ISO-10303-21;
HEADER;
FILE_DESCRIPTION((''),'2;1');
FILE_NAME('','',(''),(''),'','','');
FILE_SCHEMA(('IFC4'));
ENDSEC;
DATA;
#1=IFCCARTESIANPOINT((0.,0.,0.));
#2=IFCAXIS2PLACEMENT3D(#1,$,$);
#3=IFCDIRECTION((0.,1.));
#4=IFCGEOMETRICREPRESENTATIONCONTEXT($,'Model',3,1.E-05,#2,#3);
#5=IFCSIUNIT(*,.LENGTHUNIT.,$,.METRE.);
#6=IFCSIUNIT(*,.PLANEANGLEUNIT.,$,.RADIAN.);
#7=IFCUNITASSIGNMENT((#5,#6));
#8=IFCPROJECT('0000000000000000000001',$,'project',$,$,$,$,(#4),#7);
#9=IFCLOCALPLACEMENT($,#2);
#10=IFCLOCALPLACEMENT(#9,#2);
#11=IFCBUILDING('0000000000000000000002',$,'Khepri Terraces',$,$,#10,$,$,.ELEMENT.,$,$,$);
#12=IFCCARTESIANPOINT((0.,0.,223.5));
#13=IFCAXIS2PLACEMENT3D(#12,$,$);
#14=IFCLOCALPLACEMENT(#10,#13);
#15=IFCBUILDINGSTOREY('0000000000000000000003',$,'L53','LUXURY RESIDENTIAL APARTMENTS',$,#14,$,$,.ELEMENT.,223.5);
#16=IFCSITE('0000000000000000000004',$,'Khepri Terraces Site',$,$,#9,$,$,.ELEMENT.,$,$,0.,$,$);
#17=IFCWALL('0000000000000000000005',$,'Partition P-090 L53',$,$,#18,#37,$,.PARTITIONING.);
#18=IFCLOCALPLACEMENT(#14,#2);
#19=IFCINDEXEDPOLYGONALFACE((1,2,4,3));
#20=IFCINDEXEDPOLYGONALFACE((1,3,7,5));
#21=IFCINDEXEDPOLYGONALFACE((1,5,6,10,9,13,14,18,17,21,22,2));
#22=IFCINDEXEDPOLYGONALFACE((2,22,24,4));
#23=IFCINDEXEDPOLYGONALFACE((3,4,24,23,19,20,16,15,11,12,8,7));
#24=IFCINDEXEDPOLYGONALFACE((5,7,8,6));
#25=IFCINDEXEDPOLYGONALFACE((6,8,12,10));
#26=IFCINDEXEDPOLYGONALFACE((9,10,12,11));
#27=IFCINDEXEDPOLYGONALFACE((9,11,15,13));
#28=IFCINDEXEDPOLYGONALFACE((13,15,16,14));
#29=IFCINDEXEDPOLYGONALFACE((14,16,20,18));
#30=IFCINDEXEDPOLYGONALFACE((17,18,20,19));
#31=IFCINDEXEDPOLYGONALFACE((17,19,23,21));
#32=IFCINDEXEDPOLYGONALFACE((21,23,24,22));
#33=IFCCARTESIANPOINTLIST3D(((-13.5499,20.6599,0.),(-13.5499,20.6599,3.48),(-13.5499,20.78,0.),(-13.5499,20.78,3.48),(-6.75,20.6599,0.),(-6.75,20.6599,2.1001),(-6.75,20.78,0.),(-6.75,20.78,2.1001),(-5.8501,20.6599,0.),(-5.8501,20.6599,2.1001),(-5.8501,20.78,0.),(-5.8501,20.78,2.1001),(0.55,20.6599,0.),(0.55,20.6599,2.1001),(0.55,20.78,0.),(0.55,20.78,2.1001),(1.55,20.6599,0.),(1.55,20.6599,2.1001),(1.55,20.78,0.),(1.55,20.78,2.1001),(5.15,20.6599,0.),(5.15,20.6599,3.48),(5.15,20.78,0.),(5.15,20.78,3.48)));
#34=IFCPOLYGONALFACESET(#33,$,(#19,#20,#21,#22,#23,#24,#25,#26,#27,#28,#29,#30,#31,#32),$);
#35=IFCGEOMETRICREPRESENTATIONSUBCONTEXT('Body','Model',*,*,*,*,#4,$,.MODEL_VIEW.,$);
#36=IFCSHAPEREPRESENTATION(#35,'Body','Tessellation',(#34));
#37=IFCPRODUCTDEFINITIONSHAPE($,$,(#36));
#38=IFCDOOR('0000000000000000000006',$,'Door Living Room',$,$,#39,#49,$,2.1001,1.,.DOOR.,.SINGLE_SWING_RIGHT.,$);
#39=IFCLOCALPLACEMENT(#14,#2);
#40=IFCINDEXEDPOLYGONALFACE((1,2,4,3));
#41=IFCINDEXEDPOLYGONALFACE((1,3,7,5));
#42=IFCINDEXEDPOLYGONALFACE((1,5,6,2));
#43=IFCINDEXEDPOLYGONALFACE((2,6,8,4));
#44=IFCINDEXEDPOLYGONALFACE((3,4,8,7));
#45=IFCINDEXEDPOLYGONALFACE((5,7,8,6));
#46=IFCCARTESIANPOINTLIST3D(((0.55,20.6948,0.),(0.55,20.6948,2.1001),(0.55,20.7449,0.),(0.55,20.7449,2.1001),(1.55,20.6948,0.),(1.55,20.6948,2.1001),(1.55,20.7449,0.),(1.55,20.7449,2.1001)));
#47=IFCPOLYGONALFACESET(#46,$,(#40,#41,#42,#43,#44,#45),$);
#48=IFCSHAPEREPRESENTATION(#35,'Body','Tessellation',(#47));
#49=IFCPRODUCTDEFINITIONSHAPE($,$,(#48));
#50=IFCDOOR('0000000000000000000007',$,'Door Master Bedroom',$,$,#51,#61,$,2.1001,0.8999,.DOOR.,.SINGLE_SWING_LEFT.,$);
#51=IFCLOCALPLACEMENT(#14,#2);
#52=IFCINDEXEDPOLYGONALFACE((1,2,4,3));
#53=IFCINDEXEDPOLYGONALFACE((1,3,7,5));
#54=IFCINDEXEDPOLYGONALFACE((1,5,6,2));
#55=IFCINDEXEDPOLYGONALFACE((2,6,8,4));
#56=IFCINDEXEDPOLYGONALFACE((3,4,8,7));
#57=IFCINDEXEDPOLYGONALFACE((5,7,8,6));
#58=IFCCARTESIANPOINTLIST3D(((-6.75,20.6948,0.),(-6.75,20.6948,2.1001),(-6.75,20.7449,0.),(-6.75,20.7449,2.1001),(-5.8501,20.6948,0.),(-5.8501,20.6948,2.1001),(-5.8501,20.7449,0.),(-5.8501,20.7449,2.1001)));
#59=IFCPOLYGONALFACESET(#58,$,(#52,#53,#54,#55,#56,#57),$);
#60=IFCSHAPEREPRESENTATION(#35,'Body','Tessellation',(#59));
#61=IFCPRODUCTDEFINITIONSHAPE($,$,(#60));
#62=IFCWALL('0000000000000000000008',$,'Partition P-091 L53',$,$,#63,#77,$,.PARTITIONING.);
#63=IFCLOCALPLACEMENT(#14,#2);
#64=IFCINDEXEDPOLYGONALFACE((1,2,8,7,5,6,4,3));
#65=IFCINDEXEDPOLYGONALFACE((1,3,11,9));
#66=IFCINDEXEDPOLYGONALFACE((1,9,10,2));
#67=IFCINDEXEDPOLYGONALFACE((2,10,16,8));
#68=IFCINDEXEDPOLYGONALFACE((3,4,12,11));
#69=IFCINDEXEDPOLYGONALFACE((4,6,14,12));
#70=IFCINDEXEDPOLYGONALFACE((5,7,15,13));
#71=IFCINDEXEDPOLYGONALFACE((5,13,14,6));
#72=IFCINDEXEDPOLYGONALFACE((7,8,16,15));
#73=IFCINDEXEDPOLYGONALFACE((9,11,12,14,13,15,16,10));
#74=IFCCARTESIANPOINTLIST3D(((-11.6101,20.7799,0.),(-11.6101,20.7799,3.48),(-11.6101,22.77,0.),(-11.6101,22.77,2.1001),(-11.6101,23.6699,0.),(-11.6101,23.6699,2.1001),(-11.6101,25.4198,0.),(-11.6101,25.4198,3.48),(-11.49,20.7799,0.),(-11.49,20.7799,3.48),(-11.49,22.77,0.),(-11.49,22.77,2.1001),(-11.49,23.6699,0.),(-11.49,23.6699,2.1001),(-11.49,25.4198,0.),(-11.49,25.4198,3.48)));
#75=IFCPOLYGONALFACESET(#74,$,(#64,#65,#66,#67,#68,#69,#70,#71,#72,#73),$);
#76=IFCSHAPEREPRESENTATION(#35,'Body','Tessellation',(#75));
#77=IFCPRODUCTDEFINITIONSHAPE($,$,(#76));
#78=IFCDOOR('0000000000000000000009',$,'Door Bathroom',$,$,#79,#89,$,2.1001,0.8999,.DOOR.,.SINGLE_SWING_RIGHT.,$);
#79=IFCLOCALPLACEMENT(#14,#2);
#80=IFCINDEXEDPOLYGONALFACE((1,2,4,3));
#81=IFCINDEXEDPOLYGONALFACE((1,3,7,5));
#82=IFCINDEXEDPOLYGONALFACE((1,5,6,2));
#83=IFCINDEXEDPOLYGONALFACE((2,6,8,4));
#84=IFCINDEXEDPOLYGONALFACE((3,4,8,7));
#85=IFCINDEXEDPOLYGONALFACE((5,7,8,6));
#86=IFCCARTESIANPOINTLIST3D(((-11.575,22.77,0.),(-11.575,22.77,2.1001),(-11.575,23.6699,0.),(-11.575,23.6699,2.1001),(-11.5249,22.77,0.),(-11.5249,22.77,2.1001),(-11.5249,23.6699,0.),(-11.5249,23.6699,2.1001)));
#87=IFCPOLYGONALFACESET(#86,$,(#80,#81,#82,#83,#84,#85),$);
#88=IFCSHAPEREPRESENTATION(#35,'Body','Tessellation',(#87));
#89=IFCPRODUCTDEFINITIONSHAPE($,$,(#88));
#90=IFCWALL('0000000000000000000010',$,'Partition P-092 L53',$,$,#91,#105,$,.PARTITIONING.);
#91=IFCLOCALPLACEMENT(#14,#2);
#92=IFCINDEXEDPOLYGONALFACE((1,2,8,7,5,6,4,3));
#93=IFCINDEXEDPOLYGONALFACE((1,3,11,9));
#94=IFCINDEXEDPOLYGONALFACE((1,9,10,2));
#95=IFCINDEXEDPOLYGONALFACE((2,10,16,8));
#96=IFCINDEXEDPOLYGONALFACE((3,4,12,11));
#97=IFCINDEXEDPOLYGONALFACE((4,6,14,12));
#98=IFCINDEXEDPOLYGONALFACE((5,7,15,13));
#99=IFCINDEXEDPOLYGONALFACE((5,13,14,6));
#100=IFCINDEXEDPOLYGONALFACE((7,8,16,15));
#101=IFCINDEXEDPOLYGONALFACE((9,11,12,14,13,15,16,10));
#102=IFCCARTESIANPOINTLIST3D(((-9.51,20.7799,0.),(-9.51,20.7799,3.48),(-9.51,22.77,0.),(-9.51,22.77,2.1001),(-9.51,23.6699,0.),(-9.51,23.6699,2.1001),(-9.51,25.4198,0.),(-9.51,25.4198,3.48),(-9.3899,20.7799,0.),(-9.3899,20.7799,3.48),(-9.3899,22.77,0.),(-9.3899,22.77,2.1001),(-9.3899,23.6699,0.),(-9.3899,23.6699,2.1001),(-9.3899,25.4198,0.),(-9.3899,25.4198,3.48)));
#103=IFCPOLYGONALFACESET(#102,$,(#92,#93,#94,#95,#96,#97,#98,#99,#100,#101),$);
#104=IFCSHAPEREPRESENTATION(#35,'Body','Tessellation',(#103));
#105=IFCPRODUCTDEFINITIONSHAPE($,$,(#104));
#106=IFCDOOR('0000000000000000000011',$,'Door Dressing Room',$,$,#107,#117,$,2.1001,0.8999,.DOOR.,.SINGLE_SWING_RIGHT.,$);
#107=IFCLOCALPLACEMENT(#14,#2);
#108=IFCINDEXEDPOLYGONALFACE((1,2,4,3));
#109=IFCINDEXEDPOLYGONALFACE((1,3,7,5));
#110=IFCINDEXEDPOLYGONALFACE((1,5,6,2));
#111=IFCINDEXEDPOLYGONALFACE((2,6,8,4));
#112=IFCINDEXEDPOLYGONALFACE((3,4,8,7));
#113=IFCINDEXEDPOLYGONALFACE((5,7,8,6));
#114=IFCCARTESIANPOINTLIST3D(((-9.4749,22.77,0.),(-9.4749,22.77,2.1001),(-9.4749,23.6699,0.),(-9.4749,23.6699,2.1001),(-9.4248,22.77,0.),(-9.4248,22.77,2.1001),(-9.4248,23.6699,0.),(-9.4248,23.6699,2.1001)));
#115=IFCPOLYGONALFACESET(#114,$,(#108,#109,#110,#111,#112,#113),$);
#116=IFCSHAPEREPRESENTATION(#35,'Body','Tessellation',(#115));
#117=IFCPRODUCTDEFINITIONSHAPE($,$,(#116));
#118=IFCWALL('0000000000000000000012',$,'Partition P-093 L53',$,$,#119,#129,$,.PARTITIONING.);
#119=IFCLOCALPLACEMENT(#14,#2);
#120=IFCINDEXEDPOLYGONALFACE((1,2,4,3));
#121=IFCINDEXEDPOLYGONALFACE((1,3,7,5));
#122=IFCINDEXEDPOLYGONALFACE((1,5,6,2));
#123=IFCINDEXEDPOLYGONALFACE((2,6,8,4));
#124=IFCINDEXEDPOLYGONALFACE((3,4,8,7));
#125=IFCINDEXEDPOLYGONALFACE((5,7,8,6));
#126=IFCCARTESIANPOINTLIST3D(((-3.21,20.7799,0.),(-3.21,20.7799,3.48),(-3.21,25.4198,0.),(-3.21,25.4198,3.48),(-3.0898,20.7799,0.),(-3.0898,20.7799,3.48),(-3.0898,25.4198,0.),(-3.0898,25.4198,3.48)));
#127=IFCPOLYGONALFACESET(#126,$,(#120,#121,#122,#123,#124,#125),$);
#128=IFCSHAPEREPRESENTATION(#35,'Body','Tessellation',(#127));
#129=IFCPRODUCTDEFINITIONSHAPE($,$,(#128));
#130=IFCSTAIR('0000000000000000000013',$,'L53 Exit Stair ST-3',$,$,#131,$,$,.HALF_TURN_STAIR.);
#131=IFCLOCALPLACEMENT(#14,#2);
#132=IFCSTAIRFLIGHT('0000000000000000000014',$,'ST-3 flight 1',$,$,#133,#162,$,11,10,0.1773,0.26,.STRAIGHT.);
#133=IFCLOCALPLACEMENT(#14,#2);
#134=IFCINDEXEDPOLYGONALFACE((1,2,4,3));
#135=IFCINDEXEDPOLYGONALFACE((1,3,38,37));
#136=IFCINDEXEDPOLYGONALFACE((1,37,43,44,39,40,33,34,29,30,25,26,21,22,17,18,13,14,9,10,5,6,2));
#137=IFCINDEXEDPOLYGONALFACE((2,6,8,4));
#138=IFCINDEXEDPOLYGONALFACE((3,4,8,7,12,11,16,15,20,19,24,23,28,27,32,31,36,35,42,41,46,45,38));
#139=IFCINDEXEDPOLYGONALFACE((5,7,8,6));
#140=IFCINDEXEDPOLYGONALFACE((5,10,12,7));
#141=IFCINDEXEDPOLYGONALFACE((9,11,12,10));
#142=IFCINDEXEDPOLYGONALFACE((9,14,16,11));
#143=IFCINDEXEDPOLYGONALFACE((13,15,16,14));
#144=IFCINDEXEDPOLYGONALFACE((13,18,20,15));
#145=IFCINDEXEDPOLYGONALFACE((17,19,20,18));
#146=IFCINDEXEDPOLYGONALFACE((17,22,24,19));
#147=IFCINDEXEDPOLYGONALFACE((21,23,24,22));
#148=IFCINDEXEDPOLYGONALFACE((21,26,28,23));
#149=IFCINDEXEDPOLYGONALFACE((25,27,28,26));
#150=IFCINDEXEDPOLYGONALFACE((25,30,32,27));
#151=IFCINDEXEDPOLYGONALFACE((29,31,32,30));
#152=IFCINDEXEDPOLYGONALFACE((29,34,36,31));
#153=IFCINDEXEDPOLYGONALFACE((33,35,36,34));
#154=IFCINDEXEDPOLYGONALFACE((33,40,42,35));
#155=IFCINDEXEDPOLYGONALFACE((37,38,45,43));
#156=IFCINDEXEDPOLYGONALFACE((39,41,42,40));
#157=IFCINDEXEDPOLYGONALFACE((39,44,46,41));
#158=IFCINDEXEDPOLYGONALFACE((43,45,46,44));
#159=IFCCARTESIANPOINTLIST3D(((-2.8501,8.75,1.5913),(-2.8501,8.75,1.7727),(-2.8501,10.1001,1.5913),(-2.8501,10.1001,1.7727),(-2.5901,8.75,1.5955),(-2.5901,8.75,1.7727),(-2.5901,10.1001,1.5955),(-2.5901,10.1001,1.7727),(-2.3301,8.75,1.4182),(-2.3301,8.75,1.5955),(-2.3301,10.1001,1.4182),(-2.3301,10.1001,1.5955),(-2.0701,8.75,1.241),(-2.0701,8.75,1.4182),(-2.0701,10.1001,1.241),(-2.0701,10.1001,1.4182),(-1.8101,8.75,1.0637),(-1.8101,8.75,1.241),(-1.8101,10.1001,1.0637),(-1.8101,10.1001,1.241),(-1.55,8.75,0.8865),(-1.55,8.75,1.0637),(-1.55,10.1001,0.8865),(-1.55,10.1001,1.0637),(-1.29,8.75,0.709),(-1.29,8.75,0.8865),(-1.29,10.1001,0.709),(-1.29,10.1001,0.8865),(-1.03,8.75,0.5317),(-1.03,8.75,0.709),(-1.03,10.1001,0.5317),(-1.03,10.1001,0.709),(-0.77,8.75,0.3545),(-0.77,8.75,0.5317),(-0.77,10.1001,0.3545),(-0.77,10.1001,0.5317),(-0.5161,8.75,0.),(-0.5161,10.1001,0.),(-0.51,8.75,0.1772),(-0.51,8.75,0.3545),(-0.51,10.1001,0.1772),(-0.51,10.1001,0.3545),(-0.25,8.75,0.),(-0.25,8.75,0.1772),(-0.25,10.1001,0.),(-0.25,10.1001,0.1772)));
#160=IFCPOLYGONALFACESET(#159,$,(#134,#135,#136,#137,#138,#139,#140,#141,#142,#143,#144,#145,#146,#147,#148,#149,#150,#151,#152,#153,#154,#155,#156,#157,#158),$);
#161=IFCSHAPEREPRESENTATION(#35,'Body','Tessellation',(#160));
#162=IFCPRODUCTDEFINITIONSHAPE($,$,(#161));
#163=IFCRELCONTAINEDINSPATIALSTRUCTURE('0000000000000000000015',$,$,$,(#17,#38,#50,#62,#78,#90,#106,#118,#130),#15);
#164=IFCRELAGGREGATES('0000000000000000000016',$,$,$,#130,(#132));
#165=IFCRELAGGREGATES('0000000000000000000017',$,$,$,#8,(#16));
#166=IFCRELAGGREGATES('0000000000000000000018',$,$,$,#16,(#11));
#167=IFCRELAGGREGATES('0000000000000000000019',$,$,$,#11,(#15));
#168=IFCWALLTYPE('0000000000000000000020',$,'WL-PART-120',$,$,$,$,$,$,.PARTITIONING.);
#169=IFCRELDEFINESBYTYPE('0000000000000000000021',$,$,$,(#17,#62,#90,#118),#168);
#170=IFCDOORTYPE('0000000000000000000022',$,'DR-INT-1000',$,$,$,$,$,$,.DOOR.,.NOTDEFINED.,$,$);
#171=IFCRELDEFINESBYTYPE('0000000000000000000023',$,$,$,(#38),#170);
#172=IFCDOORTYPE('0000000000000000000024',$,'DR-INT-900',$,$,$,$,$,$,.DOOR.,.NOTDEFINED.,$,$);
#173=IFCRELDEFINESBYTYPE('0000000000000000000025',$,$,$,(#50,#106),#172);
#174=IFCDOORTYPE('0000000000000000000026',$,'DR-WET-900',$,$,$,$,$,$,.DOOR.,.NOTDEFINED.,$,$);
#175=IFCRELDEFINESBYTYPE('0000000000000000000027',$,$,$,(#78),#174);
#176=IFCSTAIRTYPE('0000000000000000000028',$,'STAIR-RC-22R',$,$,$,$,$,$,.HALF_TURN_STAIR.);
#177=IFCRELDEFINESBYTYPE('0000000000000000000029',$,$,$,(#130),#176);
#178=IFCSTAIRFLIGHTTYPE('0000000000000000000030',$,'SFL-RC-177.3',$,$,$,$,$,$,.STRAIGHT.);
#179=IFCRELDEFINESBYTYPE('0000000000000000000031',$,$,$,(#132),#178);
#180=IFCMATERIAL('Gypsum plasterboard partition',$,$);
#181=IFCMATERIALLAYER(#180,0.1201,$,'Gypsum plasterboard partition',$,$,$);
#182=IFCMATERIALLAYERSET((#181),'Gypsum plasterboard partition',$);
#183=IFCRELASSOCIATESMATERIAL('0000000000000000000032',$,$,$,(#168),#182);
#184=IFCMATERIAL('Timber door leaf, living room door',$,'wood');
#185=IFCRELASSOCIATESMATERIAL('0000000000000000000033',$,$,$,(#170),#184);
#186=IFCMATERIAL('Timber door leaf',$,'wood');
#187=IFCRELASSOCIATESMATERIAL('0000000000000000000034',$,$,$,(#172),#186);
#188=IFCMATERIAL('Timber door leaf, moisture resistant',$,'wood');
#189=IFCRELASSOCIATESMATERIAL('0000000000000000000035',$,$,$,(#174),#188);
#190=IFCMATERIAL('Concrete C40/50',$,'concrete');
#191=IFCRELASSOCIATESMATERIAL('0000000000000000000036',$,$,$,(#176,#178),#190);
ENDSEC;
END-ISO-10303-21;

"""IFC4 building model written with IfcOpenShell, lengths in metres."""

from ifc_helpers import new_model, si_unit, direction, frame, frame_2d, origin, place, context, subcontext, project, spatial, polyline, rectangle, outline, extrude, material, layer, layer_set, type_object, element, fill, aggregate, save


model = new_model("IFC4")

# Units and contexts
model_context = context("Model", 3, precision=1e-05, world=origin(), true_north=direction((0.0, 1.0)))
body_context = subcontext(model_context, "Body", "Model", "MODEL_VIEW")
ifc_project = project(units=[si_unit("LENGTHUNIT", "METRE"), si_unit("PLANEANGLEUNIT", "RADIAN")], contexts=[model_context])

# Site, building, storey
site_placement = place(None, origin())
site = spatial("IfcSite", under=ifc_project, at=site_placement, Name="Khepri Terraces Site", CompositionType="ELEMENT", RefElevation=0.0)
building_placement = place(site_placement, origin())
building = spatial("IfcBuilding", under=site, at=building_placement, Name="Khepri Terraces", CompositionType="ELEMENT")
storey_placement = place(building_placement, frame((0.0, 0.0, 223.5)))
storey = spatial("IfcBuildingStorey", under=building, at=storey_placement, Name="L53", Description="LUXURY RESIDENTIAL APARTMENTS", CompositionType="ELEMENT", Elevation=223.5)

# Shared definitions
ifc_material_1 = material(Name="Gypsum plasterboard partition")
ifc_layer_1 = layer(ifc_material_1, 0.1201, Name="Gypsum plasterboard partition")
ifc_layer_set_1 = layer_set([ifc_layer_1], Name="Gypsum plasterboard partition")
wall_type_1 = type_object("IfcWallType", Name="WL-PART-120", PredefinedType="PARTITIONING", material=ifc_layer_set_1)

# Wall, openings, doors
wall_1_placement = place(storey_placement, frame((-13.55, 20.72, 0.0), z_axis=(0.0, 0.0, 1.0), x_axis=(1.0, 0.0, 0.0)))
wall_1 = element("IfcWall", 1, at=wall_1_placement, inside=storey, type_object=wall_type_1, Name="Partition P-090 L53", PredefinedType="PARTITIONING", context=body_context, shape_type="SweptSolid", body=[
    extrude(rectangle(XDim=18.7, YDim=0.1201, at=frame_2d((9.3501, 0.0))), origin(), (0.0, 0.0, 1.0), 3.48),
])
opening_1_placement = place(wall_1_placement, frame((14.1001, 0.0, 0.0)))
opening_1 = element("IfcOpeningElement", 2, at=opening_1_placement, cuts=wall_1, PredefinedType="OPENING", context=body_context, shape_type="SweptSolid", body=[
    extrude(rectangle(XDim=1.0, YDim=2.1001, at=frame_2d((0.5, 1.05))), frame((0.0, 0.0701, 0.0), z_axis=(0.0, -1.0, 0.0), x_axis=(1.0, 0.0, 0.0)), (0.0, 0.0, 1.0), 0.1401),
])
opening_2_placement = place(wall_1_placement, frame((6.8, 0.0, 0.0)))
opening_2 = element("IfcOpeningElement", 3, at=opening_2_placement, cuts=wall_1, PredefinedType="OPENING", context=body_context, shape_type="SweptSolid", body=[
    extrude(rectangle(XDim=0.8999, YDim=2.1001, at=frame_2d((0.45, 1.05))), frame((0.0, 0.0701, 0.0), z_axis=(0.0, -1.0, 0.0), x_axis=(1.0, 0.0, 0.0)), (0.0, 0.0, 1.0), 0.1401),
])
ifc_material_2 = material(Name="Timber door leaf, living room door", Category="wood")
door_type_1 = type_object("IfcDoorType", Name="DR-INT-1000", OperationType="NOTDEFINED", PredefinedType="DOOR", material=ifc_material_2)
door_1_placement = place(opening_1_placement, origin())
door_1 = element("IfcDoor", 4, at=door_1_placement, inside=storey, type_object=door_type_1, Name="Door Living Room", OperationType="SINGLE_SWING_RIGHT", OverallHeight=2.1001, OverallWidth=1.0, PredefinedType="DOOR", context=body_context, shape_type="SweptSolid", body=[
    extrude(rectangle(XDim=1.0, YDim=2.1001, at=frame_2d((0.5, 1.05))), frame((0.0, 0.0249, 0.0), z_axis=(0.0, -1.0, 0.0), x_axis=(1.0, 0.0, 0.0)), (0.0, 0.0, 1.0), 0.05),
])
fill(opening_1, door_1)
ifc_material_3 = material(Name="Timber door leaf", Category="wood")
door_type_2 = type_object("IfcDoorType", Name="DR-INT-900", OperationType="NOTDEFINED", PredefinedType="DOOR", material=ifc_material_3)
door_2_placement = place(opening_2_placement, origin())
door_2 = element("IfcDoor", 5, at=door_2_placement, inside=storey, type_object=door_type_2, Name="Door Master Bedroom", OperationType="SINGLE_SWING_LEFT", OverallHeight=2.1001, OverallWidth=0.8999, PredefinedType="DOOR", context=body_context, shape_type="SweptSolid", body=[
    extrude(rectangle(XDim=0.8999, YDim=2.1001, at=frame_2d((0.45, 1.05))), frame((0.0, 0.0249, 0.0), z_axis=(0.0, -1.0, 0.0), x_axis=(1.0, 0.0, 0.0)), (0.0, 0.0, 1.0), 0.05),
])
fill(opening_2, door_2)

# Walls, openings, doors
wall_2_placement = place(storey_placement, frame((-11.55, 20.78, 0.0), z_axis=(0.0, 0.0, 1.0), x_axis=(0.0, 1.0, 0.0)))
wall_2 = element("IfcWall", 6, at=wall_2_placement, inside=storey, type_object=wall_type_1, Name="Partition P-091 L53", PredefinedType="PARTITIONING", context=body_context, shape_type="SweptSolid", body=[
    extrude(rectangle(XDim=4.6399, YDim=0.1201, at=frame_2d((2.3198, 0.0))), origin(), (0.0, 0.0, 1.0), 3.48),
])
opening_3_placement = place(wall_2_placement, frame((1.99, 0.0, 0.0)))
opening_3 = element("IfcOpeningElement", 7, at=opening_3_placement, cuts=wall_2, PredefinedType="OPENING", context=body_context, shape_type="SweptSolid", body=[
    extrude(rectangle(XDim=0.8999, YDim=2.1001, at=frame_2d((0.45, 1.05))), frame((0.0, 0.0701, 0.0), z_axis=(0.0, -1.0, 0.0), x_axis=(1.0, 0.0, 0.0)), (0.0, 0.0, 1.0), 0.1401),
])
ifc_material_4 = material(Name="Timber door leaf, moisture resistant", Category="wood")
door_type_3 = type_object("IfcDoorType", Name="DR-WET-900", OperationType="NOTDEFINED", PredefinedType="DOOR", material=ifc_material_4)
door_3_placement = place(opening_3_placement, origin())
door_3 = element("IfcDoor", 8, at=door_3_placement, inside=storey, type_object=door_type_3, Name="Door Bathroom", OperationType="SINGLE_SWING_RIGHT", OverallHeight=2.1001, OverallWidth=0.8999, PredefinedType="DOOR", context=body_context, shape_type="SweptSolid", body=[
    extrude(rectangle(XDim=0.8999, YDim=2.1001, at=frame_2d((0.45, 1.05))), frame((0.0, 0.0249, 0.0), z_axis=(0.0, -1.0, 0.0), x_axis=(1.0, 0.0, 0.0)), (0.0, 0.0, 1.0), 0.05),
])
fill(opening_3, door_3)
wall_3_placement = place(storey_placement, frame((-9.45, 20.78, 0.0), z_axis=(0.0, 0.0, 1.0), x_axis=(0.0, 1.0, 0.0)))
wall_3 = element("IfcWall", 9, at=wall_3_placement, inside=storey, type_object=wall_type_1, Name="Partition P-092 L53", PredefinedType="PARTITIONING", context=body_context, shape_type="SweptSolid", body=[
    extrude(rectangle(XDim=4.6399, YDim=0.1201, at=frame_2d((2.3198, 0.0))), origin(), (0.0, 0.0, 1.0), 3.48),
])
opening_4_placement = place(wall_3_placement, frame((1.99, 0.0, 0.0)))
opening_4 = element("IfcOpeningElement", 10, at=opening_4_placement, cuts=wall_3, PredefinedType="OPENING", context=body_context, shape_type="SweptSolid", body=[
    extrude(rectangle(XDim=0.8999, YDim=2.1001, at=frame_2d((0.45, 1.05))), frame((0.0, 0.0701, 0.0), z_axis=(0.0, -1.0, 0.0), x_axis=(1.0, 0.0, 0.0)), (0.0, 0.0, 1.0), 0.1401),
])
door_4_placement = place(opening_4_placement, origin())
door_4 = element("IfcDoor", 11, at=door_4_placement, inside=storey, type_object=door_type_2, Name="Door Dressing Room", OperationType="SINGLE_SWING_RIGHT", OverallHeight=2.1001, OverallWidth=0.8999, PredefinedType="DOOR", context=body_context, shape_type="SweptSolid", body=[
    extrude(rectangle(XDim=0.8999, YDim=2.1001, at=frame_2d((0.45, 1.05))), frame((0.0, 0.0249, 0.0), z_axis=(0.0, -1.0, 0.0), x_axis=(1.0, 0.0, 0.0)), (0.0, 0.0, 1.0), 0.05),
])
fill(opening_4, door_4)

# Wall
wall_4_placement = place(storey_placement, frame((-3.1499, 20.78, 0.0), z_axis=(0.0, 0.0, 1.0), x_axis=(0.0, 1.0, 0.0)))
element("IfcWall", 12, at=wall_4_placement, inside=storey, type_object=wall_type_1, Name="Partition P-093 L53", PredefinedType="PARTITIONING", context=body_context, shape_type="SweptSolid", body=[
    extrude(rectangle(XDim=4.6399, YDim=0.1201, at=frame_2d((2.3198, 0.0))), origin(), (0.0, 0.0, 1.0), 3.48),
])

# Stair, stair flight
ifc_material_5 = material(Name="Concrete C40/50", Category="concrete")
stair_type = type_object("IfcStairType", Name="STAIR-RC-22R", PredefinedType="HALF_TURN_STAIR", material=ifc_material_5)
stair_placement = place(storey_placement, origin())
stair = element("IfcStair", 13, at=stair_placement, inside=storey, type_object=stair_type, Name="L53 Exit Stair ST-3", PredefinedType="HALF_TURN_STAIR")
stair_flight_type = type_object("IfcStairFlightType", Name="SFL-RC-177.3", PredefinedType="STRAIGHT", material=ifc_material_5)
stair_flight_placement = place(storey_placement, frame((-0.25, 9.425, 0.0), z_axis=(0.0, 0.0, 1.0), x_axis=(-1.0, 0.0, 0.0)))
stair_flight = element("IfcStairFlight", 14, at=stair_flight_placement, type_object=stair_flight_type, Name="ST-3 flight 1", NumberOfRisers=11, NumberOfTreads=10, PredefinedType="STRAIGHT", RiserHeight=0.1773, TreadLength=0.26, context=body_context, shape_type="SweptSolid", body=[
    extrude(outline(polyline([(0.0, 0.0), (0.0, 0.1772), (0.26, 0.1772), (0.26, 0.3545), (0.52, 0.3545), (0.52, 0.5317), (0.78, 0.5317), (0.78, 0.709), (1.04, 0.709), (1.04, 0.8865), (1.3, 0.8865), (1.3, 1.0637), (1.5601, 1.0637), (1.5601, 1.241), (1.8201, 1.241), (1.8201, 1.4182), (2.0801, 1.4182), (2.0801, 1.5955), (2.3401, 1.5955), (2.3401, 1.7727), (2.6001, 1.7727), (2.6001, 1.95), (2.6001, 1.5913), (0.2661, 0.0), (0.0, 0.0)])), frame((0.0, 0.675, 0.0), z_axis=(0.0, -1.0, 0.0), x_axis=(1.0, 0.0, 0.0)), (0.0, 0.0, 1.0), 1.3501),
])
aggregate(stair, [stair_flight])

save(model, "model.ifc")
